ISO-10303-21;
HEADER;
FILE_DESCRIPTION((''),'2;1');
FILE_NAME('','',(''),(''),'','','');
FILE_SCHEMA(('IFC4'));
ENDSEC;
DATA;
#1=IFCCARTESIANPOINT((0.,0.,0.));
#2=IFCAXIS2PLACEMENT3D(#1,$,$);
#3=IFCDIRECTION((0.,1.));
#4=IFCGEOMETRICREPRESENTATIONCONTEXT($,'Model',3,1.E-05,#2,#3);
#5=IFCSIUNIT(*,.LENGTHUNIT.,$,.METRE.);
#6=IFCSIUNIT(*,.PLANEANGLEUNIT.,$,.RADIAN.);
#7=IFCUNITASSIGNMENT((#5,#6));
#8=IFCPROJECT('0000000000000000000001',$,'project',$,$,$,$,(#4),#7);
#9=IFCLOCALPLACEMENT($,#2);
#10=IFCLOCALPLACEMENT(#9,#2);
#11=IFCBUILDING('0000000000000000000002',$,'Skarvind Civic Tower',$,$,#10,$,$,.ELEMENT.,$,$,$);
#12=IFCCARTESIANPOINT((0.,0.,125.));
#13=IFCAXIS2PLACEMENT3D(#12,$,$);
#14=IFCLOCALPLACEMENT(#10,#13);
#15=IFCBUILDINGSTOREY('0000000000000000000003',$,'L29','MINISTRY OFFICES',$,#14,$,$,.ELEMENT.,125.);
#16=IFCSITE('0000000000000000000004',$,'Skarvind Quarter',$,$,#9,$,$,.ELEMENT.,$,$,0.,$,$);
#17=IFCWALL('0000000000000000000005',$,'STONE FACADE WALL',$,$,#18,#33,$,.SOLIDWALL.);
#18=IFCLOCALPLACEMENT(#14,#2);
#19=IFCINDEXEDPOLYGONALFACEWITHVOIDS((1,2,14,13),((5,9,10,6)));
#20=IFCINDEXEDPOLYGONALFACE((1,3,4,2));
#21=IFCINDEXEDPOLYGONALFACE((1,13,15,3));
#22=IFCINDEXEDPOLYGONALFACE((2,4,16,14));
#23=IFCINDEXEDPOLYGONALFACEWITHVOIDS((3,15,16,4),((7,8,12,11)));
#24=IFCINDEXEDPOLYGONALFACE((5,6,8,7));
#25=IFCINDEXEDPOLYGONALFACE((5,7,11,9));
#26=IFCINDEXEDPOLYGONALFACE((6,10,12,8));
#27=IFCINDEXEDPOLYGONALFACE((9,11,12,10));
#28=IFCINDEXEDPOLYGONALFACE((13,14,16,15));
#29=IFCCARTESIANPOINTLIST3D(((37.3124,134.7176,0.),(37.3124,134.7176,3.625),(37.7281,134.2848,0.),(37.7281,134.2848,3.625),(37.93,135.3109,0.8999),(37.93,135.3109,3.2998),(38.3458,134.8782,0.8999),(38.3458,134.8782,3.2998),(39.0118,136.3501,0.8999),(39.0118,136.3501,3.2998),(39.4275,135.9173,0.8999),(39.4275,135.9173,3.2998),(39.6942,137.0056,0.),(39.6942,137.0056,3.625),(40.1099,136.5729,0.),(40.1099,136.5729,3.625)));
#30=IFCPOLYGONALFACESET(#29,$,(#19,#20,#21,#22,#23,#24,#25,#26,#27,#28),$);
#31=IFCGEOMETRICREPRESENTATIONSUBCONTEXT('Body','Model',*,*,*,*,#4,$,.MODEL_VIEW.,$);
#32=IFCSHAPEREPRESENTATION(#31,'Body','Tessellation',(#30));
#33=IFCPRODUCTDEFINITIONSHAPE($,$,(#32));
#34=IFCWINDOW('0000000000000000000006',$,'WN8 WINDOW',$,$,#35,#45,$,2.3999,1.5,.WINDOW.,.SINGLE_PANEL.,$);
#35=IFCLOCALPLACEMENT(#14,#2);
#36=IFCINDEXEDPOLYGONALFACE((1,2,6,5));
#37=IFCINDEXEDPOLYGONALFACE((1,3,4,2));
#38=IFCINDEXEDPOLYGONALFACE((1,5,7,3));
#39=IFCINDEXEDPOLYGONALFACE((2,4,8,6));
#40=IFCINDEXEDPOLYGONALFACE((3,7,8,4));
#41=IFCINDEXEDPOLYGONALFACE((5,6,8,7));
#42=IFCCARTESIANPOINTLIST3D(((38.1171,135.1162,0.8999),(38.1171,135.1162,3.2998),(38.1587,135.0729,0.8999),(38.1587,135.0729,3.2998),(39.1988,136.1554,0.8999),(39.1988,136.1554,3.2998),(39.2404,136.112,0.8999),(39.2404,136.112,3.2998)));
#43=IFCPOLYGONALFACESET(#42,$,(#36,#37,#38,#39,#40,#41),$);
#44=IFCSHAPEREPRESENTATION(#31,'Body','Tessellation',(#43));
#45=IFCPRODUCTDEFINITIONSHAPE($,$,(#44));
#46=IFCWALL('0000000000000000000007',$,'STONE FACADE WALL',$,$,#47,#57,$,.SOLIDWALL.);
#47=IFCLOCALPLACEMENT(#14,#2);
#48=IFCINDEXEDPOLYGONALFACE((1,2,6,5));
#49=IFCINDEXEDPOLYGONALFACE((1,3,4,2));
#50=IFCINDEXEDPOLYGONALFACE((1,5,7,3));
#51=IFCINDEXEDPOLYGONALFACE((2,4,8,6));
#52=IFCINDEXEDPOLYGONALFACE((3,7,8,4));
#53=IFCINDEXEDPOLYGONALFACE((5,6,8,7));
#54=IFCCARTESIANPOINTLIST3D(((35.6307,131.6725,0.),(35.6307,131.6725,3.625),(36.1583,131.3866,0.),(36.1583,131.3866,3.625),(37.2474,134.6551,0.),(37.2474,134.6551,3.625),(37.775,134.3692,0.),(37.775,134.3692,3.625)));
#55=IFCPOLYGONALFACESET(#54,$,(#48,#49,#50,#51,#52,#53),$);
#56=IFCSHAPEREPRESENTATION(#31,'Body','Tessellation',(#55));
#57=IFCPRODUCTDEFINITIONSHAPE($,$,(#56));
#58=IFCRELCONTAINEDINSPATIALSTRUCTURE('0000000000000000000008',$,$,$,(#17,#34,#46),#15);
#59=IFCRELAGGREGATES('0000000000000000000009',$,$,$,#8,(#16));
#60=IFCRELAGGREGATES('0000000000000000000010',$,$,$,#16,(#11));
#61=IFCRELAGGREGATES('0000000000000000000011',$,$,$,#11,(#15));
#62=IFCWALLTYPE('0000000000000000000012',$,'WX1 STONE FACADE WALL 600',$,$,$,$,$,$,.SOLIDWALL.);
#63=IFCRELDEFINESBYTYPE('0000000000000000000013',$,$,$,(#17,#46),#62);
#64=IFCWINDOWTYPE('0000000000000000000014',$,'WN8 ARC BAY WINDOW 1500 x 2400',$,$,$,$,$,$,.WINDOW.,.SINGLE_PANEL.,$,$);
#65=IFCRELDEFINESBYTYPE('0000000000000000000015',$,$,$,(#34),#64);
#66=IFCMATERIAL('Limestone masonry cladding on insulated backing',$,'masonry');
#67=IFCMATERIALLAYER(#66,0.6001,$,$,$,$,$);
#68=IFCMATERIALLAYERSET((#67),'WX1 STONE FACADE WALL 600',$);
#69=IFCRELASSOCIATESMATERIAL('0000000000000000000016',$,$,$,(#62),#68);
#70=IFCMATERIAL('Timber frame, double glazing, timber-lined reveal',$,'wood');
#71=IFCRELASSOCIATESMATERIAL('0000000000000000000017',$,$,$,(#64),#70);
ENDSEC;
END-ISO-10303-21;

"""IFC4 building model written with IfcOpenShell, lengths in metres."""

from ifc_helpers import new_model, si_unit, direction, frame, frame_2d, origin, place, context, subcontext, project, spatial, rectangle, extrude, material, layer, layer_set, type_object, element, fill, save


model = new_model("IFC4")

# Units and contexts
model_context = context("Model", 3, precision=1e-05, world=origin(), true_north=direction((0.0, 1.0)))
body_context = subcontext(model_context, "Body", "Model", "MODEL_VIEW")
ifc_project = project(units=[si_unit("LENGTHUNIT", "METRE"), si_unit("PLANEANGLEUNIT", "RADIAN")], contexts=[model_context])

# Site, building, storey
site_placement = place(None, origin())
site = spatial("IfcSite", under=ifc_project, at=site_placement, Name="Skarvind Quarter", CompositionType="ELEMENT", RefElevation=0.0)
building_placement = place(site_placement, origin())
building = spatial("IfcBuilding", under=site, at=building_placement, Name="Skarvind Civic Tower", CompositionType="ELEMENT")
storey_placement = place(building_placement, frame((0.0, 0.0, 125.0)))
storey = spatial("IfcBuildingStorey", under=building, at=storey_placement, Name="L29", Description="MINISTRY OFFICES", CompositionType="ELEMENT", Elevation=125.0)

# Wall, opening, window
ifc_material_1 = material(Name="Limestone masonry cladding on insulated backing", Category="masonry")
ifc_layer_1 = layer(ifc_material_1, 0.6001)
ifc_layer_set_1 = layer_set([ifc_layer_1], Name="WX1 STONE FACADE WALL 600")
wall_type_1 = type_object("IfcWallType", Name="WX1 STONE FACADE WALL 600", PredefinedType="SOLIDWALL", material=ifc_layer_set_1)
ifc_material_2 = material(Name="Timber frame, double glazing, timber-lined reveal", Category="wood")
window_type = type_object("IfcWindowType", Name="WN8 ARC BAY WINDOW 1500 x 2400", PartitioningType="SINGLE_PANEL", PredefinedType="WINDOW", material=ifc_material_2)
wall_1_placement = place(storey_placement, frame((37.5203, 134.5012, 0.0), z_axis=(0.0, 0.0, 1.0), x_axis=(0.721157, 0.692772, 0.0)))
wall_1 = element("IfcWall", 1, at=wall_1_placement, inside=storey, type_object=wall_type_1, Name="STONE FACADE WALL", PredefinedType="SOLIDWALL", context=body_context, shape_type="SweptSolid", body=[
    extrude(rectangle(XDim=3.3027, YDim=0.6001, at=frame_2d((1.6514, 0.0))), origin(), (0.0, 0.0, 1.0), 3.625),
])
opening_1_placement = place(wall_1_placement, frame((0.8564, 0.0, 0.8999)))
opening_1 = element("IfcOpeningElement", 2, at=opening_1_placement, cuts=wall_1, PredefinedType="OPENING", context=body_context, shape_type="SweptSolid", body=[
    extrude(rectangle(XDim=1.5, YDim=2.3999, at=frame_2d((0.75, 1.2))), frame((0.0, 0.3101, 0.0), z_axis=(0.0, -1.0, 0.0), x_axis=(1.0, 0.0, 0.0)), (0.0, 0.0, 1.0), 0.6201),
])
window_1_placement = place(opening_1_placement, origin())
window_1 = element("IfcWindow", 3, at=window_1_placement, inside=storey, type_object=window_type, Name="WN8 WINDOW", OverallHeight=2.3999, OverallWidth=1.5, PartitioningType="SINGLE_PANEL", PredefinedType="WINDOW", context=body_context, shape_type="SweptSolid", body=[
    extrude(rectangle(XDim=1.5, YDim=2.3999, at=frame_2d((0.75, 1.2))), frame((0.0, 0.03, 0.0), z_axis=(0.0, -1.0, 0.0), x_axis=(1.0, 0.0, 0.0)), (0.0, 0.0, 1.0), 0.0601),
])
fill(opening_1, window_1)

# Wall
wall_2_placement = place(storey_placement, frame((35.8945, 131.5295, 0.0), z_axis=(0.0, 0.0, 1.0), x_axis=(0.476531, 0.879158, 0.0)))
element("IfcWall", 4, at=wall_2_placement, inside=storey, type_object=wall_type_1, Name="STONE FACADE WALL", PredefinedType="SOLIDWALL", context=body_context, shape_type="SweptSolid", body=[
    extrude(rectangle(XDim=3.3926, YDim=0.6001, at=frame_2d((1.6963, 0.0))), origin(), (0.0, 0.0, 1.0), 3.625),
])

save(model, "model.ifc")
